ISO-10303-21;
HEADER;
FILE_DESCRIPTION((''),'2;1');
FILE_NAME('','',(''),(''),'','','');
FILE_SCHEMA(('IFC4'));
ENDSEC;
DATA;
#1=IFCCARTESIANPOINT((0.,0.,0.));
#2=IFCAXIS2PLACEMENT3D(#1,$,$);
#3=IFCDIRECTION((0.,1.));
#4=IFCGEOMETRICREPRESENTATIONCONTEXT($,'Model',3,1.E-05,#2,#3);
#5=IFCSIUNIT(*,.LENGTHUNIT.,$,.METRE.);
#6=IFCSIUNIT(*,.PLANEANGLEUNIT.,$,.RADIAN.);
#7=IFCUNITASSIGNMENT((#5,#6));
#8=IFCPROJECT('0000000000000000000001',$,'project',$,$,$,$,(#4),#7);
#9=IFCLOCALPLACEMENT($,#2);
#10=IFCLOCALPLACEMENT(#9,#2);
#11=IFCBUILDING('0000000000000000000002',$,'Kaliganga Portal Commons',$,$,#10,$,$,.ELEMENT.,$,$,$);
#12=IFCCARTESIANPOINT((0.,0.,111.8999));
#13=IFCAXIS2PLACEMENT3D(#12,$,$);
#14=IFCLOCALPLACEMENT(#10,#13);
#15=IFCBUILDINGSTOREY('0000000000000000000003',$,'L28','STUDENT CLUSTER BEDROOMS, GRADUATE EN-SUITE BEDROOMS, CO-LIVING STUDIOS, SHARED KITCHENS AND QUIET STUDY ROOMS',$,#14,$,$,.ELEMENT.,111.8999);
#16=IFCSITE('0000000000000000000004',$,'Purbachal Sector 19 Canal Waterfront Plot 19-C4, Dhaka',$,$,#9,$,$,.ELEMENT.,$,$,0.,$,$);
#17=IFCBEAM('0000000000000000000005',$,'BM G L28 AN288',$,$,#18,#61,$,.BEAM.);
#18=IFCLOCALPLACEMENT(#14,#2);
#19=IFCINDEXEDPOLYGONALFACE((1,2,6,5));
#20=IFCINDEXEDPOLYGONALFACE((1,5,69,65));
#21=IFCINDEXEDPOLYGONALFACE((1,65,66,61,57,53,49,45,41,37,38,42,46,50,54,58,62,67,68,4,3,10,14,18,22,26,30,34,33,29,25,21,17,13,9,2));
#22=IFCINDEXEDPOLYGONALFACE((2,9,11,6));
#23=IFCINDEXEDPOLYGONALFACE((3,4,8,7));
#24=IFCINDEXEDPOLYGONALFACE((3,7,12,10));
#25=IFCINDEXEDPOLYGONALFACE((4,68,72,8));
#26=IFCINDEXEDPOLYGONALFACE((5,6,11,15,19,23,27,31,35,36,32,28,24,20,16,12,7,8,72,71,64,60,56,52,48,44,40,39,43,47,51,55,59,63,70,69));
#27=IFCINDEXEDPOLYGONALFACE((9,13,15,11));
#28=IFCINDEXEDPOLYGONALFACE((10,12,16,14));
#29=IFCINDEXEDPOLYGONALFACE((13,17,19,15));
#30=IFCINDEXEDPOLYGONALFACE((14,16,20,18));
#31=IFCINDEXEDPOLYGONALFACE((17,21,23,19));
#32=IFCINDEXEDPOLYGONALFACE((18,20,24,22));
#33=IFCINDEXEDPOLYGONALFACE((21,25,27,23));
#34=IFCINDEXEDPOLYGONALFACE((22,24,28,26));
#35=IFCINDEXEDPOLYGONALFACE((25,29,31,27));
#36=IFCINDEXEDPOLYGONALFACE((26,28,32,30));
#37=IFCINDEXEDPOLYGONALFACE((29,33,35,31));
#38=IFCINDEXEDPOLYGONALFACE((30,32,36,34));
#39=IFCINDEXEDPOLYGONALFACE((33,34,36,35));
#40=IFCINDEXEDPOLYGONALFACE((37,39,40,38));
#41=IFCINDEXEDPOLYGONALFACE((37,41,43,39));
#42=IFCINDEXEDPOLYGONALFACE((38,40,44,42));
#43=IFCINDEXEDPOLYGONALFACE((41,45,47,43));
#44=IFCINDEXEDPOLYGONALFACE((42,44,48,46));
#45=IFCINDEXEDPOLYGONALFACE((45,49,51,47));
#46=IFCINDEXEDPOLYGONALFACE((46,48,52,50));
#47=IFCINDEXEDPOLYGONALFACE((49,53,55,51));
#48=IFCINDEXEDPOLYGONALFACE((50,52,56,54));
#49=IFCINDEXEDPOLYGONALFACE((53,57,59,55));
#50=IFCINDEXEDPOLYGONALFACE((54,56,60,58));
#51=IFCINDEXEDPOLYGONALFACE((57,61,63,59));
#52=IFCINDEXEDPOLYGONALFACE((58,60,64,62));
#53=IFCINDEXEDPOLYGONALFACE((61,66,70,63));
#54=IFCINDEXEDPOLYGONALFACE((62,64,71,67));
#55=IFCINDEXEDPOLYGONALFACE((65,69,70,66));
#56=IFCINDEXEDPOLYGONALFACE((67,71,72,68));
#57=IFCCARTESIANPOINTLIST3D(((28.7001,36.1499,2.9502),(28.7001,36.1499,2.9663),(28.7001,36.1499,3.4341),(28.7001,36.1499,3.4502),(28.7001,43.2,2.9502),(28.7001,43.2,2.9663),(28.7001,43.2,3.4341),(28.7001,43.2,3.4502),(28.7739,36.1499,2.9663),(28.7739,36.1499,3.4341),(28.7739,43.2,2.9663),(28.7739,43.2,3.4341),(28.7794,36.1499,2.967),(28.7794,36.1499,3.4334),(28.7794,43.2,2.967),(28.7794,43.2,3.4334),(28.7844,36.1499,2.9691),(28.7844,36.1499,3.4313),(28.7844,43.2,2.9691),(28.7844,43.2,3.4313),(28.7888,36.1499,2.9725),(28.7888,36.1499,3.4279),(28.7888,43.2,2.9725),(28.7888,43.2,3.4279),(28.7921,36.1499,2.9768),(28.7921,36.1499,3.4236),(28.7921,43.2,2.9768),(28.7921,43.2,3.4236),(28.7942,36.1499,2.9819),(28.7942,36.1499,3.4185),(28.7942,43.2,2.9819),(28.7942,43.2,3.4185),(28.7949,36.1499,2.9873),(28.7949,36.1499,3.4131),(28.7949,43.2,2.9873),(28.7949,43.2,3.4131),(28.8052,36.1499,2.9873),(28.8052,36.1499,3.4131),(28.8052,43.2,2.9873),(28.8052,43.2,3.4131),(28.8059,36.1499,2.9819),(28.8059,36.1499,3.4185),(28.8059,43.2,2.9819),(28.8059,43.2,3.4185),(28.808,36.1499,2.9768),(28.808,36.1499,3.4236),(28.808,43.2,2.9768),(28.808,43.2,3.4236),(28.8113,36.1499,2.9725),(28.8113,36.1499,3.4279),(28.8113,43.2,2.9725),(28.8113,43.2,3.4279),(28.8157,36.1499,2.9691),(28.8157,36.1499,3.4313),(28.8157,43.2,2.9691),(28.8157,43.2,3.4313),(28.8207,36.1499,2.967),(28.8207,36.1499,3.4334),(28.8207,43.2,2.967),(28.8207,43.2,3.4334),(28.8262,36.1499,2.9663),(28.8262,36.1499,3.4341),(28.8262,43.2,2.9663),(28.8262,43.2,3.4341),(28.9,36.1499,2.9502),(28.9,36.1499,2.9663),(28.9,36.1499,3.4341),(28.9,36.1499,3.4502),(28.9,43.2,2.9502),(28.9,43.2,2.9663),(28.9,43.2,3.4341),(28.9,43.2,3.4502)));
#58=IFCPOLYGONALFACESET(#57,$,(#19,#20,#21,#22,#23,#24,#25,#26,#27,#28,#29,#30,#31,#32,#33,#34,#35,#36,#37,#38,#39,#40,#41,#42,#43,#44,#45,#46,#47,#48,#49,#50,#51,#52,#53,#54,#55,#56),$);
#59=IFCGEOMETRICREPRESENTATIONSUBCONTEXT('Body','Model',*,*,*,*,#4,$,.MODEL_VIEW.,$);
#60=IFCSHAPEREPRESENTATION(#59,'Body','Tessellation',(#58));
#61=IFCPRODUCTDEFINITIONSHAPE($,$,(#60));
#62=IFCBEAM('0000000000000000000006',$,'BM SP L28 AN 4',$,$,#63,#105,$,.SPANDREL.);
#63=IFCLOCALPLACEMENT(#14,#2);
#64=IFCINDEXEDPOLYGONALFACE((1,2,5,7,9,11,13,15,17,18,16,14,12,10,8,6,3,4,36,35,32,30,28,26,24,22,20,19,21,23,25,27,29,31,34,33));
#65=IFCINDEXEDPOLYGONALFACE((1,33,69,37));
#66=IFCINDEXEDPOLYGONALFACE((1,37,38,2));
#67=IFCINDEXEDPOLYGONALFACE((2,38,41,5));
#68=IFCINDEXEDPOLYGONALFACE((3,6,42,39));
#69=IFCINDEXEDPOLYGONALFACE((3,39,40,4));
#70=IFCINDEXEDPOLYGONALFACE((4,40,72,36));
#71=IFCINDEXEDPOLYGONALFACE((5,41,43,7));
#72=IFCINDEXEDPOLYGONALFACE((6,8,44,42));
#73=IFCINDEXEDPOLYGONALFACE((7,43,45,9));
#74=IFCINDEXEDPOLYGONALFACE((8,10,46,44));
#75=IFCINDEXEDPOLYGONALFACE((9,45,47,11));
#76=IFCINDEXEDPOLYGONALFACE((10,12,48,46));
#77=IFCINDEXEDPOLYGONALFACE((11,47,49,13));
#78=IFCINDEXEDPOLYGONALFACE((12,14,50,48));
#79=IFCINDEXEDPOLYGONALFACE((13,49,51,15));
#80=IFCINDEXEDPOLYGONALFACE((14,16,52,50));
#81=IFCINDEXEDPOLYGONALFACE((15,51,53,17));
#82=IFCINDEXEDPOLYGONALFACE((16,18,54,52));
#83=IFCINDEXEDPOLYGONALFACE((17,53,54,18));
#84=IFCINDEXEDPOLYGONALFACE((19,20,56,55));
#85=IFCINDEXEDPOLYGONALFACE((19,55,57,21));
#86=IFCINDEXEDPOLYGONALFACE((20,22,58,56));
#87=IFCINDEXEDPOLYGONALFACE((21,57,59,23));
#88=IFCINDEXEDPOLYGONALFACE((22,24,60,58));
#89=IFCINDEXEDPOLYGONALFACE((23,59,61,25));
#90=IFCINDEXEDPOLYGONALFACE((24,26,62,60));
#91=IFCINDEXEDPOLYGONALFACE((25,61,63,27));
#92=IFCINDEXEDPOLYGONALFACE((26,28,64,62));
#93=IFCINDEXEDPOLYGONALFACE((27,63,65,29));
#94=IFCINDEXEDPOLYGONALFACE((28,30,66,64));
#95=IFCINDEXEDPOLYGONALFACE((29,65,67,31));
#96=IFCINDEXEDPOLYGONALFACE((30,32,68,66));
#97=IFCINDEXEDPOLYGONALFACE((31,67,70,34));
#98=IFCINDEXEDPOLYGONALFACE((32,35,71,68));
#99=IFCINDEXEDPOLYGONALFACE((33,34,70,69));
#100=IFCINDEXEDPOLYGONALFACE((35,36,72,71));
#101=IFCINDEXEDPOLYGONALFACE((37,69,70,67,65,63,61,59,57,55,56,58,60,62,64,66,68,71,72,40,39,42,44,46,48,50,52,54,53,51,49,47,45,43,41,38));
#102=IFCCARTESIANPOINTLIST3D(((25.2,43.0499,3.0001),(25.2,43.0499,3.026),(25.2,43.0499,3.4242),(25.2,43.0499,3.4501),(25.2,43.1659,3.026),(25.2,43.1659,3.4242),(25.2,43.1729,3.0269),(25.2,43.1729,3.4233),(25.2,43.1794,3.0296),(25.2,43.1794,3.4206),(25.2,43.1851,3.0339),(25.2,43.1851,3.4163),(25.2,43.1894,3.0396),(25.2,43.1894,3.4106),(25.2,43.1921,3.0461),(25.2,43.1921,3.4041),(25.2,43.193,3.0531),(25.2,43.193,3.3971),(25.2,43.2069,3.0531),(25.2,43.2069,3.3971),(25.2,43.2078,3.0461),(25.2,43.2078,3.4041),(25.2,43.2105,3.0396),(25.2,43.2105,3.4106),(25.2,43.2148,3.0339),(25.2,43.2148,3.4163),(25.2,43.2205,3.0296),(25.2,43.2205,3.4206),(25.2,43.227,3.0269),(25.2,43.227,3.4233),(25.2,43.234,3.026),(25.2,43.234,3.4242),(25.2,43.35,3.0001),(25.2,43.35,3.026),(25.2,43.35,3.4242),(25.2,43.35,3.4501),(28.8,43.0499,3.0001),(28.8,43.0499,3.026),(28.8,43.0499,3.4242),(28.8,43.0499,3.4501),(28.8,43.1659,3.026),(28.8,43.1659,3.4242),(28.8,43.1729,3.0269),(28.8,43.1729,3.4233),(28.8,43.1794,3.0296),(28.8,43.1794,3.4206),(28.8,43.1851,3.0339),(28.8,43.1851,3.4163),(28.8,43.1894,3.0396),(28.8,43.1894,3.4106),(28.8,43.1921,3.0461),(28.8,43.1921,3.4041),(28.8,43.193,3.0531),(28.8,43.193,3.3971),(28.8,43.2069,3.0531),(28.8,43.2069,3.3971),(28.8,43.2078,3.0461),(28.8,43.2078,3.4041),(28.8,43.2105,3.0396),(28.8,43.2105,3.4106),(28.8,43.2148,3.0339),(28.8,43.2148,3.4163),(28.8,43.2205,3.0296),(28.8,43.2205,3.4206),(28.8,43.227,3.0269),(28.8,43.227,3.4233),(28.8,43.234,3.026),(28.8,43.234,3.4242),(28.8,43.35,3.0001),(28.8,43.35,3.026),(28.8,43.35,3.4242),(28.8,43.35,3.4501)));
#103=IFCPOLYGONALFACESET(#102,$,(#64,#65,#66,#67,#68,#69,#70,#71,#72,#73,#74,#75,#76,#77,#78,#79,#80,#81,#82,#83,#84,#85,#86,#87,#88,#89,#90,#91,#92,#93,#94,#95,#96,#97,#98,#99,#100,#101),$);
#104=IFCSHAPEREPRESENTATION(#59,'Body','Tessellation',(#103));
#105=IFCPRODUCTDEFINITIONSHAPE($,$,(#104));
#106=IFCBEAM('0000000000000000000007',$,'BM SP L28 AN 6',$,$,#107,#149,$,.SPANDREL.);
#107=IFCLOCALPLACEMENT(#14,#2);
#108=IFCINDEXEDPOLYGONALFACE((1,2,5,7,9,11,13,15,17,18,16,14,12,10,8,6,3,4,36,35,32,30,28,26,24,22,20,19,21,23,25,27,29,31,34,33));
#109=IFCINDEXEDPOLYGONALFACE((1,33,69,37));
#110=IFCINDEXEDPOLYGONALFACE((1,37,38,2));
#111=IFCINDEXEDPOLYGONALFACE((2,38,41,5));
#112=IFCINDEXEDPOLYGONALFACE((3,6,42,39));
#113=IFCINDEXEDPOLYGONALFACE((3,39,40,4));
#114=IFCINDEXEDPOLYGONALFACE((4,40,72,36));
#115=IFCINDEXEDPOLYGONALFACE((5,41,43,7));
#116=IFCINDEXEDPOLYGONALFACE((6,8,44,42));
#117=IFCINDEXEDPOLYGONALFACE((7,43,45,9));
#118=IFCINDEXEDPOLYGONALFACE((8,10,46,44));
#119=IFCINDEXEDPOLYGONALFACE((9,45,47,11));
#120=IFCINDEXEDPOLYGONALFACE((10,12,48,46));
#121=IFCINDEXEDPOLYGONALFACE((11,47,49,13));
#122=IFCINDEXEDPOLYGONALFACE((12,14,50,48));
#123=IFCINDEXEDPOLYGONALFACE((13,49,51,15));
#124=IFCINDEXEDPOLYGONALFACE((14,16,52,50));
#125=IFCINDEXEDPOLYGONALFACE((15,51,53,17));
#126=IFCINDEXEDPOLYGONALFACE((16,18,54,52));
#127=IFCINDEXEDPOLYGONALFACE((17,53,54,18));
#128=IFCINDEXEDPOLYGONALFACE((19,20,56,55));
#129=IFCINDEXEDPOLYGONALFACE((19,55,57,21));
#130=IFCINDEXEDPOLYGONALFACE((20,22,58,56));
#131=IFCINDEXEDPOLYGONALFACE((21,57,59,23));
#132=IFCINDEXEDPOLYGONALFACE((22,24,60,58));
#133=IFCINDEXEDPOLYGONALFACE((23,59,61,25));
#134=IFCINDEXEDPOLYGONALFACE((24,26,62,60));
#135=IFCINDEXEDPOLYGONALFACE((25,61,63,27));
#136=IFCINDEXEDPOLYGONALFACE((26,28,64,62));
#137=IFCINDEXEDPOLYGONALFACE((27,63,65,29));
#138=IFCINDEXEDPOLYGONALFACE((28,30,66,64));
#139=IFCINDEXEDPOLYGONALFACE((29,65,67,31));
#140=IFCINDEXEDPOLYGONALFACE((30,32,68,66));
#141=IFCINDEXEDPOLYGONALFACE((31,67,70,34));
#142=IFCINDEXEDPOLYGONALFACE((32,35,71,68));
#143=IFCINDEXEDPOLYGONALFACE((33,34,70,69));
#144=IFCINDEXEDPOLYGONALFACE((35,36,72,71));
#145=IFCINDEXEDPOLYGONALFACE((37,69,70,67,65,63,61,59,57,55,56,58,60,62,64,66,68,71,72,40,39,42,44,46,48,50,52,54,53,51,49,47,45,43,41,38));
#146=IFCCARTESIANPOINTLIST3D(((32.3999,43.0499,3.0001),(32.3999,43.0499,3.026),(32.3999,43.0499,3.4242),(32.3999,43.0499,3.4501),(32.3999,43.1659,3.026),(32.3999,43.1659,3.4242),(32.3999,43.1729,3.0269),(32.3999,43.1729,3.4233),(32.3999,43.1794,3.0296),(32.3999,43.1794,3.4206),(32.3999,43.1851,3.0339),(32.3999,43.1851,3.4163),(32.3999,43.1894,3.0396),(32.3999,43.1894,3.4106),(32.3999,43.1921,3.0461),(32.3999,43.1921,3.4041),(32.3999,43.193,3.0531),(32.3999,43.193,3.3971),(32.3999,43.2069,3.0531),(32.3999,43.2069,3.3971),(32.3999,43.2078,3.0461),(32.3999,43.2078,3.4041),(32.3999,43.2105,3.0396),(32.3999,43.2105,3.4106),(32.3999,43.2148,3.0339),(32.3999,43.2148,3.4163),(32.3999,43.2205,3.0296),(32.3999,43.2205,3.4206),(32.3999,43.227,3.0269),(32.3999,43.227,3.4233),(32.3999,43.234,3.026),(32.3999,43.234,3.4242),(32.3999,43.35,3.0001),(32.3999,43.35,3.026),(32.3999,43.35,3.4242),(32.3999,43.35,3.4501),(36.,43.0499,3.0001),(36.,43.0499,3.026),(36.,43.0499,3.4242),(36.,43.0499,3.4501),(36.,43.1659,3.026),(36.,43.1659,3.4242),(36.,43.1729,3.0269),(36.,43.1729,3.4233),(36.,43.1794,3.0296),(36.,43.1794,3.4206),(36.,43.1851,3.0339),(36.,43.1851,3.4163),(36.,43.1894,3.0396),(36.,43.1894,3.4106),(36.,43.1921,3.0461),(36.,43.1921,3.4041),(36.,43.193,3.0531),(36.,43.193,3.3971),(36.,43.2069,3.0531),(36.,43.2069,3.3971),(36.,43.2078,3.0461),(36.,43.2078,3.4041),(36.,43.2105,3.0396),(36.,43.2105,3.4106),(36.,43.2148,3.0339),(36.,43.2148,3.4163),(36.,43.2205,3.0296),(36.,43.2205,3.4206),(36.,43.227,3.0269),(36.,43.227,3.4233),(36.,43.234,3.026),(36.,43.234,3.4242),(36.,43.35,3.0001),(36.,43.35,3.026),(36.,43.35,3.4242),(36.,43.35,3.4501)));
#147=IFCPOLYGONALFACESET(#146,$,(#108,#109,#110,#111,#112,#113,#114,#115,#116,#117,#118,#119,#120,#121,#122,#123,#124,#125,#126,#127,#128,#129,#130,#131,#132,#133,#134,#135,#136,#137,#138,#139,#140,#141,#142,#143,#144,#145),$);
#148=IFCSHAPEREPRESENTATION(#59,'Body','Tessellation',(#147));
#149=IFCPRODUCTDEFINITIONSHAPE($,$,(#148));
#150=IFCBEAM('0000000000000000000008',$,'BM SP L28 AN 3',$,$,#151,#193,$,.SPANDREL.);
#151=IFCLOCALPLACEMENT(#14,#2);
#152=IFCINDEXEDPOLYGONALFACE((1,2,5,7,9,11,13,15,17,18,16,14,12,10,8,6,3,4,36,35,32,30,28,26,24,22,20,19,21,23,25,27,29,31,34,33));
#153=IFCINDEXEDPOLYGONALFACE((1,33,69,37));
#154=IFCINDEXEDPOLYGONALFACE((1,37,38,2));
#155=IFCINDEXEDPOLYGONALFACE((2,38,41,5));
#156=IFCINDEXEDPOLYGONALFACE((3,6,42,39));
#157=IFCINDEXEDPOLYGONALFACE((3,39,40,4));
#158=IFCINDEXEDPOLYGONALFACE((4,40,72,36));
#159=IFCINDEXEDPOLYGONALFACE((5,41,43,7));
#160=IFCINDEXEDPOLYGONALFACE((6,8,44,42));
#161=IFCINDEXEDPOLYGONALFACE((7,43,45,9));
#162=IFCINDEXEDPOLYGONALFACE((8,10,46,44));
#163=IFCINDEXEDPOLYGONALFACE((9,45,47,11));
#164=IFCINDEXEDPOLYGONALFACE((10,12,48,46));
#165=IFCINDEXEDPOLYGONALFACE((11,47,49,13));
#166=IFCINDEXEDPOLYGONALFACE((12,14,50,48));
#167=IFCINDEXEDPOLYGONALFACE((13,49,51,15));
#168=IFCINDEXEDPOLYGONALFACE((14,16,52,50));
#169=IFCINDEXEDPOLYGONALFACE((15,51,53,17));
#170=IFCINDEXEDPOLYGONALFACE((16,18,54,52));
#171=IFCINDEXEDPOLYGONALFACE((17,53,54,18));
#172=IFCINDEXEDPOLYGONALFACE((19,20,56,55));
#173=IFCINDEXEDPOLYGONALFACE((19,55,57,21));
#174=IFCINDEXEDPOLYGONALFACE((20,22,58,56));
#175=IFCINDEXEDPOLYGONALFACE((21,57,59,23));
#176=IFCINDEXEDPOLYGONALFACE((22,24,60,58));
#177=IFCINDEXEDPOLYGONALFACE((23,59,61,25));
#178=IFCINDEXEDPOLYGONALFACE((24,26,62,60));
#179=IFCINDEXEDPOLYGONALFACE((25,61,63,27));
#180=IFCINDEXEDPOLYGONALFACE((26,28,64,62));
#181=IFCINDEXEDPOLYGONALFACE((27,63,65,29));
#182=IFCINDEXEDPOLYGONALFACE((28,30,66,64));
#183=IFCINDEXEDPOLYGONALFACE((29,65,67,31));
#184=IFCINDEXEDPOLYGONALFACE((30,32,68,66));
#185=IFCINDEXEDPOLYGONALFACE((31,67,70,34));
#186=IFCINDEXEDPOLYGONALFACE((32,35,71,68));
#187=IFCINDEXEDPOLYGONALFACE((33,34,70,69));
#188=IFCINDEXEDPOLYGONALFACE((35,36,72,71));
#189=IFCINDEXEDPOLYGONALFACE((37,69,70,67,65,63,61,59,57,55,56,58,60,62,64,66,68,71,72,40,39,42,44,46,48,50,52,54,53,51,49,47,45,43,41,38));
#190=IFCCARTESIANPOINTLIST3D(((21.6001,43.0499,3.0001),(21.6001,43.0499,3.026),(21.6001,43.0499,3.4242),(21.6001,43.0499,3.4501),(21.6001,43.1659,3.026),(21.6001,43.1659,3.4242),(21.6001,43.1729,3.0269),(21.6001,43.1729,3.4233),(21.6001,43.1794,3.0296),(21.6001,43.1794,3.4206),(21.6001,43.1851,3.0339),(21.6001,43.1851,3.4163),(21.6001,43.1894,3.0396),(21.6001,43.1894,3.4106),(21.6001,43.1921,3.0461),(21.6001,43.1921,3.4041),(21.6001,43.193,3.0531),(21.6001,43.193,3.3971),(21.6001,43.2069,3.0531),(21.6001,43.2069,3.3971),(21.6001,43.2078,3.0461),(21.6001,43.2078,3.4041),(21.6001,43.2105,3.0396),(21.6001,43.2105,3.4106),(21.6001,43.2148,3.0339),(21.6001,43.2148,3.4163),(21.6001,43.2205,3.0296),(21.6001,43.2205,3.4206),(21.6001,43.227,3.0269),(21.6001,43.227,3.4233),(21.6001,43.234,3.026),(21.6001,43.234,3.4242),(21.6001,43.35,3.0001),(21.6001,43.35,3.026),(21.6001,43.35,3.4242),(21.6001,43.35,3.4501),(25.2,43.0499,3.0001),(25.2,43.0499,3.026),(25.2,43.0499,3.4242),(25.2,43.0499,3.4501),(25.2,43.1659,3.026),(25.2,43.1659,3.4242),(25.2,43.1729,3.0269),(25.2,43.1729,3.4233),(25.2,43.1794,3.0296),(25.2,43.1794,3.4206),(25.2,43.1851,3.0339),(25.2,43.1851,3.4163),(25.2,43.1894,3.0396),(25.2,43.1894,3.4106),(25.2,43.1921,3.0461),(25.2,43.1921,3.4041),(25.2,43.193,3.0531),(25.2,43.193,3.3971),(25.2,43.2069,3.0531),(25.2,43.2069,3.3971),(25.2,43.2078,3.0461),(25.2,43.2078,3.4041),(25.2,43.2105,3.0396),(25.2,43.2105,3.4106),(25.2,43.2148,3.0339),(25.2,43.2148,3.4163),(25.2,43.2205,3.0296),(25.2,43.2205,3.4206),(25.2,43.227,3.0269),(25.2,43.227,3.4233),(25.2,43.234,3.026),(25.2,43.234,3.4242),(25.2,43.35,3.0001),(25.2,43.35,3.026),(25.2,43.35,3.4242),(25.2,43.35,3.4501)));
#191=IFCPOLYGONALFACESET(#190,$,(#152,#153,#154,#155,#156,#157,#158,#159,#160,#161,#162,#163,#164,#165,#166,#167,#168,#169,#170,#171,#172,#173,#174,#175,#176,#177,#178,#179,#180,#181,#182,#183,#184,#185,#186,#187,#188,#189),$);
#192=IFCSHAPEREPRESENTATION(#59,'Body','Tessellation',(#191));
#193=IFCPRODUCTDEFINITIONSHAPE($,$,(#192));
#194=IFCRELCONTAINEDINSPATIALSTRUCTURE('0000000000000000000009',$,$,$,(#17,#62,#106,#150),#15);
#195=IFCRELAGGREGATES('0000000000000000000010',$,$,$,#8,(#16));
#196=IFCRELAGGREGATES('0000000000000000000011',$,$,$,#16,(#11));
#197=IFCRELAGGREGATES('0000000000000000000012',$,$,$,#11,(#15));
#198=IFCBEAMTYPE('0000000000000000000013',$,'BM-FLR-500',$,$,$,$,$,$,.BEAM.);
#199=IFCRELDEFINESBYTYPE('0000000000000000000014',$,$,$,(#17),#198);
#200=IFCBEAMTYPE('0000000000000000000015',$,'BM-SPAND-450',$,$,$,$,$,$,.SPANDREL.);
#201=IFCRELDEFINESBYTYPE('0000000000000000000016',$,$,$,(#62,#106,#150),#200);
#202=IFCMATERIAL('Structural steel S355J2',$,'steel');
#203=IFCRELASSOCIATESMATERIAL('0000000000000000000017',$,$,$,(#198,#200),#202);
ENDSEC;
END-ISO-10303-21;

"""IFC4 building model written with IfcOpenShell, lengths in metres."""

from ifc_helpers import new_model, si_unit, direction, frame, origin, origin_2d, place, context, subcontext, project, spatial, i_section, extrude, source, transform, mapped, material, material_profile, profile_set, type_object, element, save


model = new_model("IFC4")

# Units and contexts
model_context = context("Model", 3, precision=1e-05, world=origin(), true_north=direction((0.0, 1.0)))
body_context = subcontext(model_context, "Body", "Model", "MODEL_VIEW")
ifc_project = project(units=[si_unit("LENGTHUNIT", "METRE"), si_unit("PLANEANGLEUNIT", "RADIAN")], contexts=[model_context])

# Site, building, storey
site_placement = place(None, origin())
site = spatial("IfcSite", under=ifc_project, at=site_placement, Name="Purbachal Sector 19 Canal Waterfront Plot 19-C4, Dhaka", CompositionType="ELEMENT", RefElevation=0.0)
building_placement = place(site_placement, origin())
building = spatial("IfcBuilding", under=site, at=building_placement, Name="Kaliganga Portal Commons", CompositionType="ELEMENT")
storey_placement = place(building_placement, frame((0.0, 0.0, 111.8999)))
storey = spatial("IfcBuildingStorey", under=building, at=storey_placement, Name="L28", Description="STUDENT CLUSTER BEDROOMS, GRADUATE EN-SUITE BEDROOMS, CO-LIVING STUDIOS, SHARED KITCHENS AND QUIET STUDY ROOMS", CompositionType="ELEMENT", Elevation=111.8999)

# Beams
ifc_material_1 = material(Name="Structural steel S355J2", Category="steel")
ifc_material_profile_1 = material_profile(ifc_material_1, i_section(OverallWidth=0.2, OverallDepth=0.5, WebThickness=0.0103, FlangeThickness=0.0161, FilletRadius=0.021, at=origin_2d()), Name="IPE 500")
ifc_profile_set_1 = profile_set([ifc_material_profile_1], Name="Structural steel S355J2 wide-flange")
beam_type_1 = type_object("IfcBeamType", Name="BM-FLR-500", PredefinedType="BEAM", material=ifc_profile_set_1)
shared_shape_1 = source(origin(), body_context, "Body", "SweptSolid", [
    extrude(i_section(OverallWidth=0.2, OverallDepth=0.5, WebThickness=0.0103, FlangeThickness=0.0161, FilletRadius=0.021, at=origin_2d()), origin(), (0.0, 0.0, 1.0), 7.05),
])
beam_1_placement = place(storey_placement, frame((28.8, 36.1499, 3.2002), z_axis=(0.0, 1.0, 0.0), x_axis=(-1.0, 0.0, 0.0)))
element("IfcBeam", 1, at=beam_1_placement, inside=storey, type_object=beam_type_1, Name="BM G L28 AN288", PredefinedType="BEAM", context=body_context, shape_type="MappedRepresentation", body=[
    mapped(shared_shape_1, transform((0.0, 0.0, 0.0), x_axis=(1.0, 0.0, 0.0), y_axis=(0.0, 1.0, 0.0), z_axis=(0.0, 0.0, 1.0), scale=1.0)),
])
ifc_material_profile_2 = material_profile(ifc_material_1, i_section(OverallWidth=0.3, OverallDepth=0.45, WebThickness=0.0139, FlangeThickness=0.0259, FilletRadius=0.0271, at=origin_2d()), Name="HE 450 B")
ifc_profile_set_2 = profile_set([ifc_material_profile_2], Name="Structural steel S355J2 wide-flange")
beam_type_2 = type_object("IfcBeamType", Name="BM-SPAND-450", PredefinedType="SPANDREL", material=ifc_profile_set_2)
shared_shape_2 = source(origin(), body_context, "Body", "SweptSolid", [
    extrude(i_section(OverallWidth=0.3, OverallDepth=0.45, WebThickness=0.0139, FlangeThickness=0.0259, FilletRadius=0.0271, at=origin_2d()), origin(), (0.0, 0.0, 1.0), 3.6001),
])
for number, where, z_axis, x_axis, name in (
    (2, (25.2, 43.2, 3.2251), (1.0, 0.0, 0.0), (0.0, 1.0, 0.0), "BM SP L28 AN 4"),
    (3, (32.3999, 43.2, 3.2251), (1.0, 0.0, 0.0), (0.0, 1.0, 0.0), "BM SP L28 AN 6"),
):
    element("IfcBeam", number, at=place(storey_placement, frame(where, z_axis=z_axis, x_axis=x_axis)), inside=storey, type_object=beam_type_2, Name=name, PredefinedType="SPANDREL", context=body_context, shape_type="MappedRepresentation", body=[
        mapped(shared_shape_2, transform((0.0, 0.0, 0.0), x_axis=(1.0, 0.0, 0.0), y_axis=(0.0, 1.0, 0.0), z_axis=(0.0, 0.0, 1.0), scale=1.0)),
    ])
shared_shape_3 = source(origin(), body_context, "Body", "SweptSolid", [
    extrude(i_section(OverallWidth=0.3, OverallDepth=0.45, WebThickness=0.0139, FlangeThickness=0.0259, FilletRadius=0.0271, at=origin_2d()), origin(), (0.0, 0.0, 1.0), 3.5999),
])
for number, where, z_axis, x_axis, name in (
    (4, (21.6001, 43.2, 3.2251), (1.0, 0.0, 0.0), (0.0, 1.0, 0.0), "BM SP L28 AN 3"),
):
    element("IfcBeam", number, at=place(storey_placement, frame(where, z_axis=z_axis, x_axis=x_axis)), inside=storey, type_object=beam_type_2, Name=name, PredefinedType="SPANDREL", context=body_context, shape_type="MappedRepresentation", body=[
        mapped(shared_shape_3, transform((0.0, 0.0, 0.0), x_axis=(1.0, 0.0, 0.0), y_axis=(0.0, 1.0, 0.0), z_axis=(0.0, 0.0, 1.0), scale=1.0)),
    ])

save(model, "model.ifc")
